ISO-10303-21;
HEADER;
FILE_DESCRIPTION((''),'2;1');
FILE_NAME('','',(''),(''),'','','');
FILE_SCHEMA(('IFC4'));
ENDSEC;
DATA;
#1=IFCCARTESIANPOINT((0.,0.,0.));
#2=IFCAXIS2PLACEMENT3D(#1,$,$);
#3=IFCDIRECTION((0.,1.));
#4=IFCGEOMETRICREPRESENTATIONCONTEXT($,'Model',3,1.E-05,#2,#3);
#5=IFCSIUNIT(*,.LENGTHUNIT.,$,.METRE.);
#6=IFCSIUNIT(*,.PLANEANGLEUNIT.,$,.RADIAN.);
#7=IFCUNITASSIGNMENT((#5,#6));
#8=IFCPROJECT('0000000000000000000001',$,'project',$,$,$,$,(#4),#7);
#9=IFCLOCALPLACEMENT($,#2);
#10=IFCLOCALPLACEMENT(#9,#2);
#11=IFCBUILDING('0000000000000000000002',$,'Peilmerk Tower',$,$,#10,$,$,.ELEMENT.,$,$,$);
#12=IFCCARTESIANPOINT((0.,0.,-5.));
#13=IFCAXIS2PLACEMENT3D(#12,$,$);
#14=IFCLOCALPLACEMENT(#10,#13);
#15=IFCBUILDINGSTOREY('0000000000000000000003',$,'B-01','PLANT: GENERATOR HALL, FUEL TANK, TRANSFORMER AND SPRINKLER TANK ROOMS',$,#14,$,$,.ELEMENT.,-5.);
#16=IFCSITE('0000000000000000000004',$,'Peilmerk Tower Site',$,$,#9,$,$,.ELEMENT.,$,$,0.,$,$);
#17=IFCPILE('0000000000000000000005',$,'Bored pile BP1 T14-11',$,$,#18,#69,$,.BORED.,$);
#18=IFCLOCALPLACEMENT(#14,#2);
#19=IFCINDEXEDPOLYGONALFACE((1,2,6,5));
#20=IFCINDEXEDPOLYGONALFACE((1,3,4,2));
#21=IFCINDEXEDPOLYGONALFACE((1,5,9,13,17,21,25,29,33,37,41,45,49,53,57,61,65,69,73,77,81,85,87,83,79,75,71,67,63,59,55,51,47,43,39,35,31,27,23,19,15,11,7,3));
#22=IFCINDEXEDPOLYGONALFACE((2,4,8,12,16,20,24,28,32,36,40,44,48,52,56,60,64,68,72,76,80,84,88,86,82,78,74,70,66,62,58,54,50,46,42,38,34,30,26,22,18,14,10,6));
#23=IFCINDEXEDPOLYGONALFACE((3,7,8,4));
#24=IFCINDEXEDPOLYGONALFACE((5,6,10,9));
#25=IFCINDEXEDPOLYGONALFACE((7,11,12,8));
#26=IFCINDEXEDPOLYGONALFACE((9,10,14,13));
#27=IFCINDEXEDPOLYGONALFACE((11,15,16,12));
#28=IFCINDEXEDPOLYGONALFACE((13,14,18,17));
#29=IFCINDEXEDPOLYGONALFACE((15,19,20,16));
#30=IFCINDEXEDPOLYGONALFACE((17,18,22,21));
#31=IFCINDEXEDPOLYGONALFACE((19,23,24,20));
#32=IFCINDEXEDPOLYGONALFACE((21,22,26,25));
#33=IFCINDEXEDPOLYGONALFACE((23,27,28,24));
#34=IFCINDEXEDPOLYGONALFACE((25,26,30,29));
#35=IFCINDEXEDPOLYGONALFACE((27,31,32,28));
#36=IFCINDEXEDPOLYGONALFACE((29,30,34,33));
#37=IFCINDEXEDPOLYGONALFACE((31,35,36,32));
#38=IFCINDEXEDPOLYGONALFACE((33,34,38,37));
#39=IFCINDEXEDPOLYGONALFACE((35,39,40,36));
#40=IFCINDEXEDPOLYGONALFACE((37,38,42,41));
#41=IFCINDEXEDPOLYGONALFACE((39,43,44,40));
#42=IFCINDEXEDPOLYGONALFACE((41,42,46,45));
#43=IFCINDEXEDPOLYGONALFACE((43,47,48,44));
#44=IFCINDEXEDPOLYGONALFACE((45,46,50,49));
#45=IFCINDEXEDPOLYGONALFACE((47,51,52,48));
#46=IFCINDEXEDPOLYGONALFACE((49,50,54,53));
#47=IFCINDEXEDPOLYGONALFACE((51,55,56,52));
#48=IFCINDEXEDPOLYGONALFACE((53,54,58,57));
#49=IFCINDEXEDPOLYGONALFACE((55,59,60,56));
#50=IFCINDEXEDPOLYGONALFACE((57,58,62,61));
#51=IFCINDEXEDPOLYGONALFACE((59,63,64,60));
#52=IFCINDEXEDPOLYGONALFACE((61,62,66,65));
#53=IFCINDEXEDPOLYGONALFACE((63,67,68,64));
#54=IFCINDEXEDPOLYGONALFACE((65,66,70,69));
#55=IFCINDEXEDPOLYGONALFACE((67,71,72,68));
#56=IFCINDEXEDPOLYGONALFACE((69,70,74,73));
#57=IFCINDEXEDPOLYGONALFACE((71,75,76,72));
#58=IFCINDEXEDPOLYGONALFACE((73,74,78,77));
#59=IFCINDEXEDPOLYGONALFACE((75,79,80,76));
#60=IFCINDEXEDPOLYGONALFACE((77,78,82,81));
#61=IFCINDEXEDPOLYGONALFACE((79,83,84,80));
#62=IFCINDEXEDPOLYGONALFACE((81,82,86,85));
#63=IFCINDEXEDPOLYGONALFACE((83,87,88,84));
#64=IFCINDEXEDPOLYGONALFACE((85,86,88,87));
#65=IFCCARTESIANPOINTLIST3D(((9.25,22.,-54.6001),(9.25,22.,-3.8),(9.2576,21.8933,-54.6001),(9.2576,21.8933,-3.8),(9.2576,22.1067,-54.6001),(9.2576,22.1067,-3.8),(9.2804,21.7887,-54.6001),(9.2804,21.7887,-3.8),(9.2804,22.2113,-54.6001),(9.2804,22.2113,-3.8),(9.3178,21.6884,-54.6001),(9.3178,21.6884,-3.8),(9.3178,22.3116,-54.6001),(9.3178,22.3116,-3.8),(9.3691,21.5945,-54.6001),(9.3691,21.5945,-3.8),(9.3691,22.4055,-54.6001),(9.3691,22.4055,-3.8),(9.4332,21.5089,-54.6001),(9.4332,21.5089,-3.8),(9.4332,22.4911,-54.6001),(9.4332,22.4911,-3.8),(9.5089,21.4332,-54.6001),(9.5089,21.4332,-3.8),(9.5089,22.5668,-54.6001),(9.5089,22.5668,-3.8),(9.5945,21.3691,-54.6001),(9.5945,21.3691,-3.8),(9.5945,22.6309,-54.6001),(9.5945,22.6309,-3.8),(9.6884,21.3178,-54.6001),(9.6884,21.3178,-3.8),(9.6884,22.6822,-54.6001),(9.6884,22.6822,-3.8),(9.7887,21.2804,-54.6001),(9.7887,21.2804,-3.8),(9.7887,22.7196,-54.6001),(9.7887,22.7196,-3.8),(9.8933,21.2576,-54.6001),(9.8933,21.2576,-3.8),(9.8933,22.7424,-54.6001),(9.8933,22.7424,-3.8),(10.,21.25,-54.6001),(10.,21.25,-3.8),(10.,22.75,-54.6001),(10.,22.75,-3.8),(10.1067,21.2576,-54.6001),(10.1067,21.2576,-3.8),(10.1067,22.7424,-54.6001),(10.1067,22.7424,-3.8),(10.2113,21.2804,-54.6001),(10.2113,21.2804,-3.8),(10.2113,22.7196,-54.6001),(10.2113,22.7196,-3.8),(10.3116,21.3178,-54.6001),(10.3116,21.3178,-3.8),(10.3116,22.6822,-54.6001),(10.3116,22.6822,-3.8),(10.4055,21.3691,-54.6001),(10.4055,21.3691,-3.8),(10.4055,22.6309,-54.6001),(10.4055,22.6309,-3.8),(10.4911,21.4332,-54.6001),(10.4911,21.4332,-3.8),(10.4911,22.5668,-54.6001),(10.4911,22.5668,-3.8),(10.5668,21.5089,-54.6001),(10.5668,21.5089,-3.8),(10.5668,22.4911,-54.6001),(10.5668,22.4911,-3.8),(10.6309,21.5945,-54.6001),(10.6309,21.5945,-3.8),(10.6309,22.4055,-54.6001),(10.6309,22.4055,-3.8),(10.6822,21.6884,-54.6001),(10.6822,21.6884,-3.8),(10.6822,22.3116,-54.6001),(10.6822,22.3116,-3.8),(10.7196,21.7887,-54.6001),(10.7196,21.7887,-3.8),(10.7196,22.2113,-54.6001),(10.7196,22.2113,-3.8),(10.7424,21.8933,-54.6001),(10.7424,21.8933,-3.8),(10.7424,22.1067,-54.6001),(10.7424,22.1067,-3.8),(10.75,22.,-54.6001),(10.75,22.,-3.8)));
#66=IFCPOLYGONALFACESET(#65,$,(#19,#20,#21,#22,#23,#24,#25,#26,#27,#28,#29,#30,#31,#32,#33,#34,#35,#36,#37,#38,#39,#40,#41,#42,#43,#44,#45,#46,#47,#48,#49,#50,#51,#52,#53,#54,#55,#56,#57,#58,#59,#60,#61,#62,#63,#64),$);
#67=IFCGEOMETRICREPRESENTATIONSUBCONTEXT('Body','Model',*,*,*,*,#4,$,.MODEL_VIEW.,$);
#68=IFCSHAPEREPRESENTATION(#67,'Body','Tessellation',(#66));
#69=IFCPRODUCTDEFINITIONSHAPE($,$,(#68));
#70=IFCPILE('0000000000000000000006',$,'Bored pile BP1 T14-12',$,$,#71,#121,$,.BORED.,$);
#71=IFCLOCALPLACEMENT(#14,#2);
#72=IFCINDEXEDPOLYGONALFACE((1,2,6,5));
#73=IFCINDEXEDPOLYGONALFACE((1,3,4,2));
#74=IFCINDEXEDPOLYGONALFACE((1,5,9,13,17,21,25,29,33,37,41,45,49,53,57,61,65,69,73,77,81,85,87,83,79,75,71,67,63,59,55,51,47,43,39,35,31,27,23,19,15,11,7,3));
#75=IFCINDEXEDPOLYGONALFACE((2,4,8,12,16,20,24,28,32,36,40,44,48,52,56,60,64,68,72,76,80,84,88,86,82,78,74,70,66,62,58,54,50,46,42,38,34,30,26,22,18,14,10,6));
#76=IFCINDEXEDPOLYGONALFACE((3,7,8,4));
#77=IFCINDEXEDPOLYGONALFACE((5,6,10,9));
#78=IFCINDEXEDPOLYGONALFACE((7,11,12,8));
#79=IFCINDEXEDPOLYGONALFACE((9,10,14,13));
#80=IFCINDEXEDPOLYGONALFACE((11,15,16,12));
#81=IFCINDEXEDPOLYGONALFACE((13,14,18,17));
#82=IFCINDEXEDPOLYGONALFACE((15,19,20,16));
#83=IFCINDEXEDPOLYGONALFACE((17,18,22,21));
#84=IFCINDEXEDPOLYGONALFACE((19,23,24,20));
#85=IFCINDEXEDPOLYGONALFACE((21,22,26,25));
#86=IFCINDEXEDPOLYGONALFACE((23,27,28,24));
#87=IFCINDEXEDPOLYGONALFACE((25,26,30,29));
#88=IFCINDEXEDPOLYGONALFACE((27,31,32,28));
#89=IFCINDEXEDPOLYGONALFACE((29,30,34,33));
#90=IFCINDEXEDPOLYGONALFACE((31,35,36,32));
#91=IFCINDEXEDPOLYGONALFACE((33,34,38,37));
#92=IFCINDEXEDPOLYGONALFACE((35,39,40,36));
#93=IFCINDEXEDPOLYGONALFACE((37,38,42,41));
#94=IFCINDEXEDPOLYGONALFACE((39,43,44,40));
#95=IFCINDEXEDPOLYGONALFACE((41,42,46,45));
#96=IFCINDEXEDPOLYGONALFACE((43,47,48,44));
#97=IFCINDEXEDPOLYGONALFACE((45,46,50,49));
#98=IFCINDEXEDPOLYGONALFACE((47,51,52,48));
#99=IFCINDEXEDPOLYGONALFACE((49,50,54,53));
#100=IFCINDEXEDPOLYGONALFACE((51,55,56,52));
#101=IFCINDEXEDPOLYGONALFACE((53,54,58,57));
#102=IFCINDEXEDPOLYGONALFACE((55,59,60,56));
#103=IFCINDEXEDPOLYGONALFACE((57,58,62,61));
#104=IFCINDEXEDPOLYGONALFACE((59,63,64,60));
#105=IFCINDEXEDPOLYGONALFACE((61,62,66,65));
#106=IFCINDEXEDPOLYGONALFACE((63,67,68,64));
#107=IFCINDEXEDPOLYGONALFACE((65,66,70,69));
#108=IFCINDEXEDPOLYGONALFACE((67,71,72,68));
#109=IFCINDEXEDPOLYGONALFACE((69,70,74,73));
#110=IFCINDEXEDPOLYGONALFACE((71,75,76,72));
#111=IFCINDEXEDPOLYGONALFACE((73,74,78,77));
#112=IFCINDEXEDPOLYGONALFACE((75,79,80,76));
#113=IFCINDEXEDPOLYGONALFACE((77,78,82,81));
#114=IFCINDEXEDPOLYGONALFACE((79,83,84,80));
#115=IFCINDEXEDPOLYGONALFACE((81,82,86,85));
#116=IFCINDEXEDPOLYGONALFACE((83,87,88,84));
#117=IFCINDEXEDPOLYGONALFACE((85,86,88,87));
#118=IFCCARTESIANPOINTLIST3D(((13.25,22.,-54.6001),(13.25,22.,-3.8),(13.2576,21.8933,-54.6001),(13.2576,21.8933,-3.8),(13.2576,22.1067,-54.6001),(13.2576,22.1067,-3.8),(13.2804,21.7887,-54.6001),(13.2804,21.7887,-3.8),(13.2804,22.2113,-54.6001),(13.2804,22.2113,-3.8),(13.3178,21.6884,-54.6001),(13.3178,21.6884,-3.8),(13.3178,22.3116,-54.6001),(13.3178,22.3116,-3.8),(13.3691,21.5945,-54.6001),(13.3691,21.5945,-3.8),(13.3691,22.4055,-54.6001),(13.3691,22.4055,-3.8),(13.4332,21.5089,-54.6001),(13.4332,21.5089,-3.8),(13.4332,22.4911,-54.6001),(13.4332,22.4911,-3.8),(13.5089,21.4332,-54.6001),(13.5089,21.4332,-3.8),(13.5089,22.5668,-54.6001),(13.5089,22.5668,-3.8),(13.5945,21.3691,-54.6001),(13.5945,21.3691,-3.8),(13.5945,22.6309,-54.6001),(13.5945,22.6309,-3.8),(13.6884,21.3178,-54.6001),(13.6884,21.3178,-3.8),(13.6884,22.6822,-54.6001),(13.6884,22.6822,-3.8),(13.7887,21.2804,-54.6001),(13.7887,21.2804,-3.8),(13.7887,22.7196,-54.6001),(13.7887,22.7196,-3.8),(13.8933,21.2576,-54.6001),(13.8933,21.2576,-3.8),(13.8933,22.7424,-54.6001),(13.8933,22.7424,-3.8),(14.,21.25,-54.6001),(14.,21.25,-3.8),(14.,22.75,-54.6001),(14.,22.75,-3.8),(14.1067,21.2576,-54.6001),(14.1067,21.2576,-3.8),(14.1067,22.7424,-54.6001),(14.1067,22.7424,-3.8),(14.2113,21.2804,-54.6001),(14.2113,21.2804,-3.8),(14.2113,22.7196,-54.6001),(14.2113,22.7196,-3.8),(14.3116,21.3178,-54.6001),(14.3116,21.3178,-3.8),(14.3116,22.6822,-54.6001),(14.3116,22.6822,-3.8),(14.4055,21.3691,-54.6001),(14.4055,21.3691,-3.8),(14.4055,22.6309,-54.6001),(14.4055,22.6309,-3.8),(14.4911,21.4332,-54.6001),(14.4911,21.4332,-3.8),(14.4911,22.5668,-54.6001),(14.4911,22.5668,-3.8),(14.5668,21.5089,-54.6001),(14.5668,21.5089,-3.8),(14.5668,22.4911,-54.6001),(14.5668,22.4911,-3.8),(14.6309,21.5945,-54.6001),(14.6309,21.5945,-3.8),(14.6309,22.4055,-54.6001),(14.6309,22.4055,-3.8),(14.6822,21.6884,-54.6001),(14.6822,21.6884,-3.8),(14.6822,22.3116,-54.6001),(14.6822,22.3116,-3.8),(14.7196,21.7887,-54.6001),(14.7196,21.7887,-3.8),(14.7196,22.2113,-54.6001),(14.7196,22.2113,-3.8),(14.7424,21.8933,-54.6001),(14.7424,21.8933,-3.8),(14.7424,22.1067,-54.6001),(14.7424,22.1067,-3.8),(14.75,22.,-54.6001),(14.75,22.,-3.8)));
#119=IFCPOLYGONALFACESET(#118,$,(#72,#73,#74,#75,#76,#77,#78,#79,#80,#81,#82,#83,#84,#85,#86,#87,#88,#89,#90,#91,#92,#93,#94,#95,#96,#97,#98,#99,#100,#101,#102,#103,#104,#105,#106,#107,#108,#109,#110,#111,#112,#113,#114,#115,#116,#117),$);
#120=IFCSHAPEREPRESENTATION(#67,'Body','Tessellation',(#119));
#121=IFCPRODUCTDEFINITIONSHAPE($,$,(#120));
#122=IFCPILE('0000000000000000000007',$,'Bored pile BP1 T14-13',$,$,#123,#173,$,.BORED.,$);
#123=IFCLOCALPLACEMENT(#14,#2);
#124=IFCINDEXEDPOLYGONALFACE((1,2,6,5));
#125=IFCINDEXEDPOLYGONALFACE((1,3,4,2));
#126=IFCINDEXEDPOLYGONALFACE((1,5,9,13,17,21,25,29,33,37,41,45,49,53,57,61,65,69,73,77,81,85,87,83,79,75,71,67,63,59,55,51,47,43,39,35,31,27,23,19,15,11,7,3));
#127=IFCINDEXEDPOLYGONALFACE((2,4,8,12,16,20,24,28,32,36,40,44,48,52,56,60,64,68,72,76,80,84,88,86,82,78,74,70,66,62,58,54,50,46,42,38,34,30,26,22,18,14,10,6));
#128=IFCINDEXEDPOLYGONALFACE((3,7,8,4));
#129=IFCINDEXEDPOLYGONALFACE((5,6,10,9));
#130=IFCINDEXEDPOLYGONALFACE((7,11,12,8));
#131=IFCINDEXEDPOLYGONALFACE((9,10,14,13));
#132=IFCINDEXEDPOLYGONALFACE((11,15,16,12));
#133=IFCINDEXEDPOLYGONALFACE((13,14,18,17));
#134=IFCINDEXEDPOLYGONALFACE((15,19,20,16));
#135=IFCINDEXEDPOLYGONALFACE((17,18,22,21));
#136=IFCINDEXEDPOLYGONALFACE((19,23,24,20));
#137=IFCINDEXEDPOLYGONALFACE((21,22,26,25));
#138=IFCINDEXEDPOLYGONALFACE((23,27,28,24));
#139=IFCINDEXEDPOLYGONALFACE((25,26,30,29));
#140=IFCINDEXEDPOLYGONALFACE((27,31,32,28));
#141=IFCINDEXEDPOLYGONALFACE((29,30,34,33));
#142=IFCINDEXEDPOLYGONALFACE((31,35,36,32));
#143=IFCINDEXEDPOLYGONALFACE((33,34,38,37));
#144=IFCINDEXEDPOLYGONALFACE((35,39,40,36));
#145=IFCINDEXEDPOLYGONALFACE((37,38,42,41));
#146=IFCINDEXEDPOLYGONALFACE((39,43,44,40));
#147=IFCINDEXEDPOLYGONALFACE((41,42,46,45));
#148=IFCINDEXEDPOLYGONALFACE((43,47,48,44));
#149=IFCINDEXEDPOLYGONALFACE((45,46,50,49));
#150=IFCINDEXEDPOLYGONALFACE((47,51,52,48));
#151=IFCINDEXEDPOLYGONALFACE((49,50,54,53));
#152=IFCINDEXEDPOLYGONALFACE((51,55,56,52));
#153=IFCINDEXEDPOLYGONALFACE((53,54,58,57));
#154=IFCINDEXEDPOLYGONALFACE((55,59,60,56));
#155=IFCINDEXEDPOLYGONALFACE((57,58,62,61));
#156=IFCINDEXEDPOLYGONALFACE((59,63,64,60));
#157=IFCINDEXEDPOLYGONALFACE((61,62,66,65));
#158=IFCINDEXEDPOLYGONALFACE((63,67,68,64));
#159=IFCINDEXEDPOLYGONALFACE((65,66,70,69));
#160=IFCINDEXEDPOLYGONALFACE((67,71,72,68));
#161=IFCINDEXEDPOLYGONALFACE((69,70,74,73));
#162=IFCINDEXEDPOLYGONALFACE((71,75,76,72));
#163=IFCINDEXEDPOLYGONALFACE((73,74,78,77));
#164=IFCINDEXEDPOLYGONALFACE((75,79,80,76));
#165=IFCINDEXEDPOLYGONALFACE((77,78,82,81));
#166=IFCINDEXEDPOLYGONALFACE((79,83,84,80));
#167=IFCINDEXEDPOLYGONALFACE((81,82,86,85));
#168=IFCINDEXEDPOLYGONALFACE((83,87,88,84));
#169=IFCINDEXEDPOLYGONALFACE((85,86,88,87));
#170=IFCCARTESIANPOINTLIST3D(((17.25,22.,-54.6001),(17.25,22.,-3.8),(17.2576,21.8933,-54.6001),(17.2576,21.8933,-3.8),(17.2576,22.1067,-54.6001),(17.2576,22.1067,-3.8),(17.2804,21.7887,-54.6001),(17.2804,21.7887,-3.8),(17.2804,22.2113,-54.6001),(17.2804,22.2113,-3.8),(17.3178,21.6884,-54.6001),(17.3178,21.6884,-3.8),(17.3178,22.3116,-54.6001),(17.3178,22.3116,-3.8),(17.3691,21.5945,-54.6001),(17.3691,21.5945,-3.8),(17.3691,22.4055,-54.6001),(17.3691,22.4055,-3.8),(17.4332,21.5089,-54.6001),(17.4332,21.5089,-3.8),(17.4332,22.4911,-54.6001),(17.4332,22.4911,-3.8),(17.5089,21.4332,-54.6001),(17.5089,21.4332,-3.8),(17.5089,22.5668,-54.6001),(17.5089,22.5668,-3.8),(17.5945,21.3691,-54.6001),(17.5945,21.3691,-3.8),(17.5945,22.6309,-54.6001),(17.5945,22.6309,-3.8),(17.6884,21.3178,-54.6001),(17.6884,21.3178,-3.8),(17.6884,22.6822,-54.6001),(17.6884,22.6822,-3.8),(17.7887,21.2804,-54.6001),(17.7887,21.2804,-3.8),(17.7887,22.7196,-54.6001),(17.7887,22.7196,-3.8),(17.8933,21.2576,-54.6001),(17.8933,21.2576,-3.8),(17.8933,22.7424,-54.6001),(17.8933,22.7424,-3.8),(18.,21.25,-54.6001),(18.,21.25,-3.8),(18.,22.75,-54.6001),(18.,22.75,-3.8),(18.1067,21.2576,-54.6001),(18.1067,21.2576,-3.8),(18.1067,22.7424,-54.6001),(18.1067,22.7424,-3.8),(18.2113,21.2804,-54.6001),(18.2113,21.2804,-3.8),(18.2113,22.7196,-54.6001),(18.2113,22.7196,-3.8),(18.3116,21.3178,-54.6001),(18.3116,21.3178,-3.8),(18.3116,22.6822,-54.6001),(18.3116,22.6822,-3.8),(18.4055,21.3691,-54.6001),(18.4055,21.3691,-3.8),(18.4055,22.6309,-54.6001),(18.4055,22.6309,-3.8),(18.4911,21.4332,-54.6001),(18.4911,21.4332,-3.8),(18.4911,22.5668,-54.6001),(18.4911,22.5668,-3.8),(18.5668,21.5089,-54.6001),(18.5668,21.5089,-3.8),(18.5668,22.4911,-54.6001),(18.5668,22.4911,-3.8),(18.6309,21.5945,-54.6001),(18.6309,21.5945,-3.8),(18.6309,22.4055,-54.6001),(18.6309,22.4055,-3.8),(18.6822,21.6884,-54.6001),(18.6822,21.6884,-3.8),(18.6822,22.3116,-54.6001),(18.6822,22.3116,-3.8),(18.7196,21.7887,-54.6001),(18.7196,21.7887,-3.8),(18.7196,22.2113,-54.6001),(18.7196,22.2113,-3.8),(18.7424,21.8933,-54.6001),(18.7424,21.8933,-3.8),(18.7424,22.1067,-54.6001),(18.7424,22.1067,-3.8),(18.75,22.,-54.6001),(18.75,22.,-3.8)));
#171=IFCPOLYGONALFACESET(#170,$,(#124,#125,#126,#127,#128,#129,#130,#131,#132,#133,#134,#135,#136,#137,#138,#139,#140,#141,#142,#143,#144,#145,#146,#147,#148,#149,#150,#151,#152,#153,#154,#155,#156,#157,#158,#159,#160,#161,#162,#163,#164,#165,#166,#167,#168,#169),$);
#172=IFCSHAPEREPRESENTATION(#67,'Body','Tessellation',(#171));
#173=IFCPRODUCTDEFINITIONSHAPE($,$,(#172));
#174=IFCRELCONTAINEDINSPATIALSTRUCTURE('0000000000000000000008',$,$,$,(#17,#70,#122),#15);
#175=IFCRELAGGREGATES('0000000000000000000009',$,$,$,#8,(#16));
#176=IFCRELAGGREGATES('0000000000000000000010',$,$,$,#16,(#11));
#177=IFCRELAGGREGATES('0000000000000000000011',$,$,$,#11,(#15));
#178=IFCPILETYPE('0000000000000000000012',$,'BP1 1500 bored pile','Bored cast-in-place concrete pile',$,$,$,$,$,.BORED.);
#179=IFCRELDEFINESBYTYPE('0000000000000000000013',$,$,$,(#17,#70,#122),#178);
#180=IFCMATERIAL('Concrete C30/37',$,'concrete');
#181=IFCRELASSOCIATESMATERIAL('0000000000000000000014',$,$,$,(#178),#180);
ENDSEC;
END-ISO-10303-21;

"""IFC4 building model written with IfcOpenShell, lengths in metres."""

from ifc_helpers import new_model, si_unit, direction, frame, origin, origin_2d, place, context, subcontext, project, spatial, circle, extrude, material, material_profile, profile_set, type_object, element, save


model = new_model("IFC4")

# Units and contexts
model_context = context("Model", 3, precision=1e-05, world=origin(), true_north=direction((0.0, 1.0)))
body_context = subcontext(model_context, "Body", "Model", "MODEL_VIEW")
ifc_project = project(units=[si_unit("LENGTHUNIT", "METRE"), si_unit("PLANEANGLEUNIT", "RADIAN")], contexts=[model_context])

# Site, building, storey
site_placement = place(None, origin())
site = spatial("IfcSite", under=ifc_project, at=site_placement, Name="Peilmerk Tower Site", CompositionType="ELEMENT", RefElevation=0.0)
building_placement = place(site_placement, origin())
building = spatial("IfcBuilding", under=site, at=building_placement, Name="Peilmerk Tower", CompositionType="ELEMENT")
storey_placement = place(building_placement, frame((0.0, 0.0, -5.0)))
storey = spatial("IfcBuildingStorey", under=building, at=storey_placement, Name="B-01", Description="PLANT: GENERATOR HALL, FUEL TANK, TRANSFORMER AND SPRINKLER TANK ROOMS", CompositionType="ELEMENT", Elevation=-5.0)

# Piles
ifc_material_1 = material(Name="Concrete C30/37", Category="concrete")
ifc_material_profile_1 = material_profile(ifc_material_1, circle(Radius=0.75, at=origin_2d()), Name="BP 1500")
ifc_profile_set_1 = profile_set([ifc_material_profile_1], Name="Concrete C30/37")
pile_type = type_object("IfcPileType", Name="BP1 1500 bored pile", Description="Bored cast-in-place concrete pile", PredefinedType="BORED", material=ifc_profile_set_1)
for number, where, z_axis, x_axis, name in (
    (1, (10.0, 22.0, -3.8), (0.0, 0.0, -1.0), (1.0, 0.0, 0.0), "Bored pile BP1 T14-11"),
    (2, (14.0, 22.0, -3.8), (0.0, 0.0, -1.0), (1.0, 0.0, 0.0), "Bored pile BP1 T14-12"),
    (3, (18.0, 22.0, -3.8), (0.0, 0.0, -1.0), (1.0, 0.0, 0.0), "Bored pile BP1 T14-13"),
):
    element("IfcPile", number, at=place(storey_placement, frame(where, z_axis=z_axis, x_axis=x_axis)), inside=storey, type_object=pile_type, Name=name, PredefinedType="BORED", context=body_context, shape_type="SweptSolid", body=[
        extrude(circle(Radius=0.75, at=origin_2d()), origin(), (0.0, 0.0, 1.0), 50.8),
    ])

save(model, "model.ifc")
